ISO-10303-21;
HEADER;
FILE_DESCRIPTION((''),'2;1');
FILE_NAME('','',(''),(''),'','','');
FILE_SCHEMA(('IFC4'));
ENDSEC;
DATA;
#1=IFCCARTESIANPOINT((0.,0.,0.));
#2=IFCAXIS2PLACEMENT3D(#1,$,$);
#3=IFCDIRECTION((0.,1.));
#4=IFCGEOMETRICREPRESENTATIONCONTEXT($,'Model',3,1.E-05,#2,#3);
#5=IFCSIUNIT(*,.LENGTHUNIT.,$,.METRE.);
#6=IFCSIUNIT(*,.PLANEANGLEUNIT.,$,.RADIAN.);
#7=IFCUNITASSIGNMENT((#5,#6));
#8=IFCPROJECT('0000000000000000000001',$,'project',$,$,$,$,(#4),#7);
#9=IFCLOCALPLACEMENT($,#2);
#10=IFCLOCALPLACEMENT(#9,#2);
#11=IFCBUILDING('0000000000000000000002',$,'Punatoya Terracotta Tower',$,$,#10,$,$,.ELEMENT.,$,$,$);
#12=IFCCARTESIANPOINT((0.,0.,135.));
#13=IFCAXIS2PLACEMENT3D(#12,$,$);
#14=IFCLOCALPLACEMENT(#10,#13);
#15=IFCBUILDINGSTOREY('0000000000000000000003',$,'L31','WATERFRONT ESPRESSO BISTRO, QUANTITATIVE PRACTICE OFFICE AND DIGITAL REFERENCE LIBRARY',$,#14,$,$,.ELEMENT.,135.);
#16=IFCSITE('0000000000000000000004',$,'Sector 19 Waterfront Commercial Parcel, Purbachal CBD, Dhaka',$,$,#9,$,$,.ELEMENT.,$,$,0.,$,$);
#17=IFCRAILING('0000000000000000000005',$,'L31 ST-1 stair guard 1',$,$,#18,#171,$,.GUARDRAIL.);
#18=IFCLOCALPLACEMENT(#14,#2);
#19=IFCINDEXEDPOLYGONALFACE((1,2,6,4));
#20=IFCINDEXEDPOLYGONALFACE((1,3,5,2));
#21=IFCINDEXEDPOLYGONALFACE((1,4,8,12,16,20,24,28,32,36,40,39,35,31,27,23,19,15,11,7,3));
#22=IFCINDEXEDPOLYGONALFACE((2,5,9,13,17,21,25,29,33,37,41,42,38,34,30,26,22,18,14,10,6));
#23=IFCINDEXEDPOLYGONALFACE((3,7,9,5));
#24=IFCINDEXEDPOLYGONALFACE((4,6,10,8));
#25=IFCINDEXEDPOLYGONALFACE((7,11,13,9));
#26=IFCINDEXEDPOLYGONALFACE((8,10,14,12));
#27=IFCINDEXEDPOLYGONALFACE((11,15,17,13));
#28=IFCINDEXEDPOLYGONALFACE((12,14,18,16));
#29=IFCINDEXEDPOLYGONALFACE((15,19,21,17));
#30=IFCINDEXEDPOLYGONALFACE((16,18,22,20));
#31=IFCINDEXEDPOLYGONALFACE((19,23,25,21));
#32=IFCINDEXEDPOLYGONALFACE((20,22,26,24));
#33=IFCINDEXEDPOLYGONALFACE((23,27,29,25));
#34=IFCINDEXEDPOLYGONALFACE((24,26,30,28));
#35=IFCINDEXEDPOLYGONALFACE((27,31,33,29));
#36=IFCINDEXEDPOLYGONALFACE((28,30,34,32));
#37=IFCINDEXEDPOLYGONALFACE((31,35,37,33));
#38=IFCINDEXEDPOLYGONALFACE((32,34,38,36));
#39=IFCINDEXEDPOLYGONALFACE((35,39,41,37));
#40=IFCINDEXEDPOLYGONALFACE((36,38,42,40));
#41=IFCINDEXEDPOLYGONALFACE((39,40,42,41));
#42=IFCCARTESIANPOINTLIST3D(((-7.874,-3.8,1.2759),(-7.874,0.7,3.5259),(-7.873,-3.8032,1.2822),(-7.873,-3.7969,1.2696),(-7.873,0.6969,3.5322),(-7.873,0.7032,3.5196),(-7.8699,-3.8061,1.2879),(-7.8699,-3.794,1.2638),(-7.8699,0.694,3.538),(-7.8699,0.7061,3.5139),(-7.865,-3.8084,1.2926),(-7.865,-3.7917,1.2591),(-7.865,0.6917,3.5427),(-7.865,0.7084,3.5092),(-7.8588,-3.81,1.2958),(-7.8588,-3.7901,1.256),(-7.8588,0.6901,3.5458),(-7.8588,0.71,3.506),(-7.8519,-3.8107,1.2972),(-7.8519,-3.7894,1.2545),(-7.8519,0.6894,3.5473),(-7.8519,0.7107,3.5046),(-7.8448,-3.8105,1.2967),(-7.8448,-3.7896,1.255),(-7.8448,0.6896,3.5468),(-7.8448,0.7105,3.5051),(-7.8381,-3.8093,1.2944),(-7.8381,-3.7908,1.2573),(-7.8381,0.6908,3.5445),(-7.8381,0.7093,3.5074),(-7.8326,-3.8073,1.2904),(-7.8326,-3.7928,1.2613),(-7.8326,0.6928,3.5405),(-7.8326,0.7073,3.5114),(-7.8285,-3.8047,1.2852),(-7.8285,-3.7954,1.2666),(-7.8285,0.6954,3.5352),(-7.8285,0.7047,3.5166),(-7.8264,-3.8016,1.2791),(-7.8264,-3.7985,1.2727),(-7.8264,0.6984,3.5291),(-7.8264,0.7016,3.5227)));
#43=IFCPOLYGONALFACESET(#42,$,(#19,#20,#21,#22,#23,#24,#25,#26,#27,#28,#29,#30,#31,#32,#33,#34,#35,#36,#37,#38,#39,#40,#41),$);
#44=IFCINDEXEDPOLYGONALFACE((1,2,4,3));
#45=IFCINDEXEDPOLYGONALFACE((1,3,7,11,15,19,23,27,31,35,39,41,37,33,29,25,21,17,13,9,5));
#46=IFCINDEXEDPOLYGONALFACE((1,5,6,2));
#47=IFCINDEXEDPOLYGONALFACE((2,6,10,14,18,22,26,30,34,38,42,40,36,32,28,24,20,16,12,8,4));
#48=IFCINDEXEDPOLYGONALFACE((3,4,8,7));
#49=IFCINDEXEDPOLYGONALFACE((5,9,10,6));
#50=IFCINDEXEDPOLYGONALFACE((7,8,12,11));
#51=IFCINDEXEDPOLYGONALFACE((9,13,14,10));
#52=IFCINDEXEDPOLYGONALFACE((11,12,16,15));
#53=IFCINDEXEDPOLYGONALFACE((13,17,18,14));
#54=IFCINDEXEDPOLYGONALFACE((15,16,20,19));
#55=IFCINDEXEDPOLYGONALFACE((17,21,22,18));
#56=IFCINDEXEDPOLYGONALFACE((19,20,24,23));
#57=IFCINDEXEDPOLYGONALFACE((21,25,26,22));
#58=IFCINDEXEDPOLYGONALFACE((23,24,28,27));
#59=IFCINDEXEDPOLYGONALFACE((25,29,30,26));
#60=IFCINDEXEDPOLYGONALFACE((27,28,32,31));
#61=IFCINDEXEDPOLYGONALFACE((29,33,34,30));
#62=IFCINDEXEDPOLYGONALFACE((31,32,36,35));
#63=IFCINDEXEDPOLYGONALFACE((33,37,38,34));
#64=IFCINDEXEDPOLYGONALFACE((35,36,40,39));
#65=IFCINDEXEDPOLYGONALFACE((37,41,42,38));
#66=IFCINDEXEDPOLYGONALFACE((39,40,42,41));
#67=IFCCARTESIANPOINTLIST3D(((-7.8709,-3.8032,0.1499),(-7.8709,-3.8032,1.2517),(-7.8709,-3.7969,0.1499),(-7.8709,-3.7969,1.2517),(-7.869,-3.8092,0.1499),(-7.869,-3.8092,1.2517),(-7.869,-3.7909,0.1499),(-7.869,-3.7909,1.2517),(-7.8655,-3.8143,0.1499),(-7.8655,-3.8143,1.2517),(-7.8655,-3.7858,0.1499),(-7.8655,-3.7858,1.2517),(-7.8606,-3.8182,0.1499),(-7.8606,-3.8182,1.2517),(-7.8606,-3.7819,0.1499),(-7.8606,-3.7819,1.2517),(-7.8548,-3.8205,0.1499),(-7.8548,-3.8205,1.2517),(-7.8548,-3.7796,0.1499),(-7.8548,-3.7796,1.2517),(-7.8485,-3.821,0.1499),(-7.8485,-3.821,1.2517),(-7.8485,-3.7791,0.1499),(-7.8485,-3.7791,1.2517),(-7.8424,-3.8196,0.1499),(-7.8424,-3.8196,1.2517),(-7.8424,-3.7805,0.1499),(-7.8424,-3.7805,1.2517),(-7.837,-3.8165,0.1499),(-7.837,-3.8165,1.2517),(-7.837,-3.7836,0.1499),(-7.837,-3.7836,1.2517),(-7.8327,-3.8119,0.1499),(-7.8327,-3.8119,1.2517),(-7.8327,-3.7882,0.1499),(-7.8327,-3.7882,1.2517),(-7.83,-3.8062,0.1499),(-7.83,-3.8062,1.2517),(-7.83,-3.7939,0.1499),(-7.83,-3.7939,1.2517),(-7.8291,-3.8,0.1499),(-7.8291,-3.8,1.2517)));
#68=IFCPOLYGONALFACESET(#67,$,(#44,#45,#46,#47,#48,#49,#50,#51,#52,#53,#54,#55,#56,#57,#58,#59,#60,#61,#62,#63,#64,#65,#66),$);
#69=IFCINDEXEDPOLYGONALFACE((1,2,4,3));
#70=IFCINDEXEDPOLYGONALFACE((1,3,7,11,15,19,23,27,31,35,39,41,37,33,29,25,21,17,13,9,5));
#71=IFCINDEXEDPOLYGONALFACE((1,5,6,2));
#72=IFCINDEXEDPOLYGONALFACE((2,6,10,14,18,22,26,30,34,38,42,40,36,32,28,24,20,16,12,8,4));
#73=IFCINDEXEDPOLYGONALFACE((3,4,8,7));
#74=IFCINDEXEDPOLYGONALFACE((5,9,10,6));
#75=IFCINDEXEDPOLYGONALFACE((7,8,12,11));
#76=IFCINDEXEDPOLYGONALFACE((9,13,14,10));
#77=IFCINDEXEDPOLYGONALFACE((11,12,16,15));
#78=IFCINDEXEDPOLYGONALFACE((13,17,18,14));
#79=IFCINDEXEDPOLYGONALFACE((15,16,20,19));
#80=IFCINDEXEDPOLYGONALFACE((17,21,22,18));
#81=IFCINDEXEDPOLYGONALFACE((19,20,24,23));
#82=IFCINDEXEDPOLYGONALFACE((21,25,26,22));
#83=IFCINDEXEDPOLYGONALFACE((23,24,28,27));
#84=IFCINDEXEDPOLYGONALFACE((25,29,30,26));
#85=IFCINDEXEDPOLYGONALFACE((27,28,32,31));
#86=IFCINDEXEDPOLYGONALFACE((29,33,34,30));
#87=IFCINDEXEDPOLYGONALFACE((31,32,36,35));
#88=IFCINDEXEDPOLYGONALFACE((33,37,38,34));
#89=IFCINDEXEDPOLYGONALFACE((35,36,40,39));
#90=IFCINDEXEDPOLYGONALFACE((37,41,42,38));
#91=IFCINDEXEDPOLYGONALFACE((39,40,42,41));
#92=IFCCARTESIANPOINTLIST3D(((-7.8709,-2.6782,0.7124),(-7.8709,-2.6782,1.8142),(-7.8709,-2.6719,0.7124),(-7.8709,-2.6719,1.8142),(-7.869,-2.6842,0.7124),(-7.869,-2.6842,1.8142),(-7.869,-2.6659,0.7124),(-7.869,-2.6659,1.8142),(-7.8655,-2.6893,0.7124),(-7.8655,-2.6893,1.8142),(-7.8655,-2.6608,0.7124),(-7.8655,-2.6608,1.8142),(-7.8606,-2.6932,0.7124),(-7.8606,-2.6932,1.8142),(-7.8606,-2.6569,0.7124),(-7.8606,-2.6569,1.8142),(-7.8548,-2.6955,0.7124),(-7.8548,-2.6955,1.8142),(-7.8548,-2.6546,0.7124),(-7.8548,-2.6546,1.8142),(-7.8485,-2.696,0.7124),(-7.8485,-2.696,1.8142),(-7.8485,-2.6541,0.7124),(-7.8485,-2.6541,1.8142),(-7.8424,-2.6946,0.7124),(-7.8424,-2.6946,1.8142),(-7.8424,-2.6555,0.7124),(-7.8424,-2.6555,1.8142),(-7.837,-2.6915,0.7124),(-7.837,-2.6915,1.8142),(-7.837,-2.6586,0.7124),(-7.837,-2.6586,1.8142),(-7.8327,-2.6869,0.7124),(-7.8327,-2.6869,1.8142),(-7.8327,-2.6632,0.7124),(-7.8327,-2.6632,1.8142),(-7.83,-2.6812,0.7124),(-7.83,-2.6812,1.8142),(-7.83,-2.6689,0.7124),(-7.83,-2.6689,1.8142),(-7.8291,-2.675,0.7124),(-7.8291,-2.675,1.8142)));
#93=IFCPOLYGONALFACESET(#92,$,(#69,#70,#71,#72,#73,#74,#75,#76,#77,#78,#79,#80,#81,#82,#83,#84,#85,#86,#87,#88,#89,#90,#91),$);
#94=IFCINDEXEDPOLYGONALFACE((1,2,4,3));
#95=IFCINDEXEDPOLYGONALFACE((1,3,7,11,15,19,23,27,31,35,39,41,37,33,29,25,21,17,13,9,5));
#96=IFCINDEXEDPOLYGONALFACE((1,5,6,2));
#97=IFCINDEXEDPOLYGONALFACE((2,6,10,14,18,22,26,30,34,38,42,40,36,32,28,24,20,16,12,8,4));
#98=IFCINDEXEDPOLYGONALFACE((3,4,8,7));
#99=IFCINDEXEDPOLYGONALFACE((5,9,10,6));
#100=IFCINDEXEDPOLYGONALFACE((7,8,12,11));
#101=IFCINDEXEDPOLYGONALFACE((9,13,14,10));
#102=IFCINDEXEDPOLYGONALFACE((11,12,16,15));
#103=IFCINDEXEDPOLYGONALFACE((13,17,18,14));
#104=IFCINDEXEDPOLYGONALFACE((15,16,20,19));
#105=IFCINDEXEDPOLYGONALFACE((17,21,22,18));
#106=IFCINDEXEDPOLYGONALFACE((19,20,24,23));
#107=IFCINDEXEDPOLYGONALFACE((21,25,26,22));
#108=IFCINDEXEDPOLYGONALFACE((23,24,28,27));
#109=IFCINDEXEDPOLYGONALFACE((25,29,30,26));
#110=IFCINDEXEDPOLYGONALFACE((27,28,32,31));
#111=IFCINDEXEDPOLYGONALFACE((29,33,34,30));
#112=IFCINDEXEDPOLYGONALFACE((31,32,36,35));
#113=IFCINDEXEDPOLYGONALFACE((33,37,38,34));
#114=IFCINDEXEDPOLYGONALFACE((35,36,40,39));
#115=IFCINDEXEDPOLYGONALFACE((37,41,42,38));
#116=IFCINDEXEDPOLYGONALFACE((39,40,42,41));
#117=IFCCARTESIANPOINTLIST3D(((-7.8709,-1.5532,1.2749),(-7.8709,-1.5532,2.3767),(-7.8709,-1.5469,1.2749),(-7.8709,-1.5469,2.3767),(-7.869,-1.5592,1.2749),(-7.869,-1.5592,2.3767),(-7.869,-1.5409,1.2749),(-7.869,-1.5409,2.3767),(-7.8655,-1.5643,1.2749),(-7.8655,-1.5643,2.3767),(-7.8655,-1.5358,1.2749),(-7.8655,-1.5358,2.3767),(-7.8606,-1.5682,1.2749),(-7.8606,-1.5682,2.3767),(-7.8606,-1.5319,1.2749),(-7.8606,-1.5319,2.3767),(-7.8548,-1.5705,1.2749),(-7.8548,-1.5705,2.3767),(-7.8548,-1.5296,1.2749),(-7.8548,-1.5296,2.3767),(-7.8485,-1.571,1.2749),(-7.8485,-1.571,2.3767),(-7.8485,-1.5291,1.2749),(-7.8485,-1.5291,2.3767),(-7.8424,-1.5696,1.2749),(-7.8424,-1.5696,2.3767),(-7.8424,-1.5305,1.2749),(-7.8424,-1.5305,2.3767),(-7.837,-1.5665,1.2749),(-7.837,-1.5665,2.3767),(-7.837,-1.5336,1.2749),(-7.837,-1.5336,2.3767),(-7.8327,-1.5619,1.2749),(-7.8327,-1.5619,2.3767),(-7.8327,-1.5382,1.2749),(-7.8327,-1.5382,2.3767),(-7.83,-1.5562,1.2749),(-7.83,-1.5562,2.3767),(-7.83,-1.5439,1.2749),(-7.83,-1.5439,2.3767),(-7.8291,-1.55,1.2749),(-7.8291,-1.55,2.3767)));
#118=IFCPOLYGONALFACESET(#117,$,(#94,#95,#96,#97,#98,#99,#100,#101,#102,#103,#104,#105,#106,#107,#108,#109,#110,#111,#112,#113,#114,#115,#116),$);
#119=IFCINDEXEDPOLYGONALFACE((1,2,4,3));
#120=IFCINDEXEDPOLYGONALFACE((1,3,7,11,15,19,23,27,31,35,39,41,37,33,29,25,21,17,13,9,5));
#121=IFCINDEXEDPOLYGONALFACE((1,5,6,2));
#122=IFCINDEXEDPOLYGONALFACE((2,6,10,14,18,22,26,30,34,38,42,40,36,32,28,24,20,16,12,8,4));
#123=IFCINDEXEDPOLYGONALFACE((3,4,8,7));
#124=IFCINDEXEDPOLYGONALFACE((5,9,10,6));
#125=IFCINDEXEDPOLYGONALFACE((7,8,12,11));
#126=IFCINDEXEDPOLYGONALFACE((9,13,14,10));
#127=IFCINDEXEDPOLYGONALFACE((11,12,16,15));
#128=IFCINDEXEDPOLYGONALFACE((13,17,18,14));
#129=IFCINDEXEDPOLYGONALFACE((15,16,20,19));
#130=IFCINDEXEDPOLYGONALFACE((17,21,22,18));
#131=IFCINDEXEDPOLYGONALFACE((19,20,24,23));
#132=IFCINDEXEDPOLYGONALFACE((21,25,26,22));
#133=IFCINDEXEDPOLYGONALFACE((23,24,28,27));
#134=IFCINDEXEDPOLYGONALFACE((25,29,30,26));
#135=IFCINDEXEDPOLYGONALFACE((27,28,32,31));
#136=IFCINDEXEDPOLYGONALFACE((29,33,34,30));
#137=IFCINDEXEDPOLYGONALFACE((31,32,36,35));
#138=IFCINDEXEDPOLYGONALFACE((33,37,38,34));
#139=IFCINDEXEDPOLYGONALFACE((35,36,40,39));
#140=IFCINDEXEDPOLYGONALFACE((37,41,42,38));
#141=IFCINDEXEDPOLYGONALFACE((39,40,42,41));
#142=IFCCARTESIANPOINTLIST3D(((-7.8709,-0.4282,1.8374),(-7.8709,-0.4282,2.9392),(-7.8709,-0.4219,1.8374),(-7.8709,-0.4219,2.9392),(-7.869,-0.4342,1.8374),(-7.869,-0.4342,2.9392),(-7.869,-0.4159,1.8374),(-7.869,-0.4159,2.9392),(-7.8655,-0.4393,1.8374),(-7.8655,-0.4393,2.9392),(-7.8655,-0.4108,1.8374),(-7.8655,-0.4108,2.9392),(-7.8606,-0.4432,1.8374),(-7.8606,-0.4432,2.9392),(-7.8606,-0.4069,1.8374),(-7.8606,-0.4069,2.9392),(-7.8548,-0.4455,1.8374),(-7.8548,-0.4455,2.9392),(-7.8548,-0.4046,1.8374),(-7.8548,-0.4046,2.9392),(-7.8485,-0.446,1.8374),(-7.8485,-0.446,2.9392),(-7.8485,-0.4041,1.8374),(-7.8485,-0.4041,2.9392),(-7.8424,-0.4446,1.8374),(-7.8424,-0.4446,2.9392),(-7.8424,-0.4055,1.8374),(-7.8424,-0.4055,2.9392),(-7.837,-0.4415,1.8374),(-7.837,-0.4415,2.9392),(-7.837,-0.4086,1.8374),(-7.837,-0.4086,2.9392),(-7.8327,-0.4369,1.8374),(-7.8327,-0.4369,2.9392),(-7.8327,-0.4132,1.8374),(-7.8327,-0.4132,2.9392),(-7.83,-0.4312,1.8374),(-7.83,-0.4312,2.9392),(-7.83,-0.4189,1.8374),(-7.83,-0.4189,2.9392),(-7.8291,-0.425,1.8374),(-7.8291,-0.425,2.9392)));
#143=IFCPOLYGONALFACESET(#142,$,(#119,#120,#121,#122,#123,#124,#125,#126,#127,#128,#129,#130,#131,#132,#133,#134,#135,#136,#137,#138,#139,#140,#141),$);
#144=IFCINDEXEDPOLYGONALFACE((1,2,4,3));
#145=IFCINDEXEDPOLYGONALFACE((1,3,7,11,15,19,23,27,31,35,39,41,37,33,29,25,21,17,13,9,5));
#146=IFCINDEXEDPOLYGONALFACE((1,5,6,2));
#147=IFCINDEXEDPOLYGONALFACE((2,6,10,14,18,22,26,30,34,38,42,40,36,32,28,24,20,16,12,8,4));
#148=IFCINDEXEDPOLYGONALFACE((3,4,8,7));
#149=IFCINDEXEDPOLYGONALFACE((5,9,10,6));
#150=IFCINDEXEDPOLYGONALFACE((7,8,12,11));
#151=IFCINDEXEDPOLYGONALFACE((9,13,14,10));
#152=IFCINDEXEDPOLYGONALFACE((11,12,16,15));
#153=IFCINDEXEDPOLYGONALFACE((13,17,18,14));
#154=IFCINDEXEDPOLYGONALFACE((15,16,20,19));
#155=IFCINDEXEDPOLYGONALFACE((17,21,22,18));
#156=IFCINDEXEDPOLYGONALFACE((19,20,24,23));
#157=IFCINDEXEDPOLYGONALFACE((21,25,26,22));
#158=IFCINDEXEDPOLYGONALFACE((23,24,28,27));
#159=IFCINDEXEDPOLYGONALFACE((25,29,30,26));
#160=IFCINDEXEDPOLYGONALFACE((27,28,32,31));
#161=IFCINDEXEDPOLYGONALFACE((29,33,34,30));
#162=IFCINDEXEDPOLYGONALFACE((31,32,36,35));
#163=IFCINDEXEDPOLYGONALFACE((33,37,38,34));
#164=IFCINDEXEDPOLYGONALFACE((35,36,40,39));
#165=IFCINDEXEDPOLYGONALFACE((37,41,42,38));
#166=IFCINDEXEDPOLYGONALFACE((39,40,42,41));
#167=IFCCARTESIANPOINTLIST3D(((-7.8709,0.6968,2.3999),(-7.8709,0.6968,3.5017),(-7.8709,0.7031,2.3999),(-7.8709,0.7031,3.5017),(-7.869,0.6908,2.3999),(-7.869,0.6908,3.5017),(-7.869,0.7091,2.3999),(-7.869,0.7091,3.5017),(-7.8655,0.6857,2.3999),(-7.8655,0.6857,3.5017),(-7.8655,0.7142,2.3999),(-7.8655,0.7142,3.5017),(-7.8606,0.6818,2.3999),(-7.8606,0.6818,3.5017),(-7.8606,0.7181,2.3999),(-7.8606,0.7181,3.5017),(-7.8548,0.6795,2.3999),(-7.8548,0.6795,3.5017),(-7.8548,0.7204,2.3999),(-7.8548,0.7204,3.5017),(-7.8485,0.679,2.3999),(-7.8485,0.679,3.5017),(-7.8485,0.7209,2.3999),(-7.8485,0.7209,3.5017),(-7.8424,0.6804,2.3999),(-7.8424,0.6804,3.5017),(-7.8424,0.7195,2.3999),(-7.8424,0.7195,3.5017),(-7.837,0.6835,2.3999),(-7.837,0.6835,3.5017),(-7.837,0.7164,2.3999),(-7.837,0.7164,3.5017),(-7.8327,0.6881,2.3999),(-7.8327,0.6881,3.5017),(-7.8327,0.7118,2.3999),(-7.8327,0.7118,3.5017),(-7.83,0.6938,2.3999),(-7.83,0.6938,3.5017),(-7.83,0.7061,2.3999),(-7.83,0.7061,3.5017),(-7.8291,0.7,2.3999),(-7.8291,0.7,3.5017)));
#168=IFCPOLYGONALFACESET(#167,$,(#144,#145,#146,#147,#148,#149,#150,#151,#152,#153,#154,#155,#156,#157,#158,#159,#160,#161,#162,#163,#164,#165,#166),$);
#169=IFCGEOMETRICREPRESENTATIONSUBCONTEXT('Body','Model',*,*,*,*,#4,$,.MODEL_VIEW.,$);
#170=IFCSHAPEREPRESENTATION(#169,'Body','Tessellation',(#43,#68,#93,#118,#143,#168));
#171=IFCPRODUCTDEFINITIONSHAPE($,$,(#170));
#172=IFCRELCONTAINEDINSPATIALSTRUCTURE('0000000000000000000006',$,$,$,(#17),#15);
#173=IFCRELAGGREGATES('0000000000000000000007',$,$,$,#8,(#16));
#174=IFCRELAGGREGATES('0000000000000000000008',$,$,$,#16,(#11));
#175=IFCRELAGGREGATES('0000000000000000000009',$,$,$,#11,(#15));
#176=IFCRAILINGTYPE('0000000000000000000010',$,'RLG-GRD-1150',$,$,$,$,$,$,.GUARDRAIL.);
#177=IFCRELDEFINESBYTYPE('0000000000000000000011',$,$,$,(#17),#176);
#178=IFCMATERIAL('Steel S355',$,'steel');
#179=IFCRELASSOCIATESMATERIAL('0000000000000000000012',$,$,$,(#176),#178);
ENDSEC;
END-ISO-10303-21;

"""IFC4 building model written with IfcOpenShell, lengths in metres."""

from ifc_helpers import new_model, si_unit, direction, frame, origin, origin_2d, place, context, subcontext, project, spatial, circle, extrude, material, type_object, element, save


model = new_model("IFC4")

# Units and contexts
model_context = context("Model", 3, precision=1e-05, world=origin(), true_north=direction((0.0, 1.0)))
body_context = subcontext(model_context, "Body", "Model", "MODEL_VIEW")
ifc_project = project(units=[si_unit("LENGTHUNIT", "METRE"), si_unit("PLANEANGLEUNIT", "RADIAN")], contexts=[model_context])

# Site, building, storey
site_placement = place(None, origin())
site = spatial("IfcSite", under=ifc_project, at=site_placement, Name="Sector 19 Waterfront Commercial Parcel, Purbachal CBD, Dhaka", CompositionType="ELEMENT", RefElevation=0.0)
building_placement = place(site_placement, origin())
building = spatial("IfcBuilding", under=site, at=building_placement, Name="Punatoya Terracotta Tower", CompositionType="ELEMENT")
storey_placement = place(building_placement, frame((0.0, 0.0, 135.0)))
storey = spatial("IfcBuildingStorey", under=building, at=storey_placement, Name="L31", Description="WATERFRONT ESPRESSO BISTRO, QUANTITATIVE PRACTICE OFFICE AND DIGITAL REFERENCE LIBRARY", CompositionType="ELEMENT", Elevation=135.0)

# Railing
ifc_material_1 = material(Name="Steel S355", Category="steel")
railing_type_1 = type_object("IfcRailingType", Name="RLG-GRD-1150", PredefinedType="GUARDRAIL", material=ifc_material_1)
railing_1_placement = place(storey_placement, frame((-7.8501, -3.8, 0.1499)))
element("IfcRailing", 1, at=railing_1_placement, inside=storey, type_object=railing_type_1, Name="L31 ST-1 stair guard 1", PredefinedType="GUARDRAIL", context=body_context, shape_type="SweptSolid", body=[
    extrude(circle(Radius=0.0239, at=origin_2d()), frame((0.0, 0.0, 1.126), z_axis=(0.0, 0.894427, 0.447214), x_axis=(-1.0, 0.0, 0.0)), (0.0, 0.0, 1.0), 5.0312),
    extrude(circle(Radius=0.021, at=origin_2d()), origin(), (0.0, 0.0, 1.0), 1.1018),
    extrude(circle(Radius=0.021, at=origin_2d()), frame((0.0, 1.125, 0.5625)), (0.0, 0.0, 1.0), 1.1018),
    extrude(circle(Radius=0.021, at=origin_2d()), frame((0.0, 2.25, 1.125)), (0.0, 0.0, 1.0), 1.1018),
    extrude(circle(Radius=0.021, at=origin_2d()), frame((0.0, 3.375, 1.6875)), (0.0, 0.0, 1.0), 1.1018),
    extrude(circle(Radius=0.021, at=origin_2d()), frame((0.0, 4.5, 2.25)), (0.0, 0.0, 1.0), 1.1018),
])

save(model, "model.ifc")
